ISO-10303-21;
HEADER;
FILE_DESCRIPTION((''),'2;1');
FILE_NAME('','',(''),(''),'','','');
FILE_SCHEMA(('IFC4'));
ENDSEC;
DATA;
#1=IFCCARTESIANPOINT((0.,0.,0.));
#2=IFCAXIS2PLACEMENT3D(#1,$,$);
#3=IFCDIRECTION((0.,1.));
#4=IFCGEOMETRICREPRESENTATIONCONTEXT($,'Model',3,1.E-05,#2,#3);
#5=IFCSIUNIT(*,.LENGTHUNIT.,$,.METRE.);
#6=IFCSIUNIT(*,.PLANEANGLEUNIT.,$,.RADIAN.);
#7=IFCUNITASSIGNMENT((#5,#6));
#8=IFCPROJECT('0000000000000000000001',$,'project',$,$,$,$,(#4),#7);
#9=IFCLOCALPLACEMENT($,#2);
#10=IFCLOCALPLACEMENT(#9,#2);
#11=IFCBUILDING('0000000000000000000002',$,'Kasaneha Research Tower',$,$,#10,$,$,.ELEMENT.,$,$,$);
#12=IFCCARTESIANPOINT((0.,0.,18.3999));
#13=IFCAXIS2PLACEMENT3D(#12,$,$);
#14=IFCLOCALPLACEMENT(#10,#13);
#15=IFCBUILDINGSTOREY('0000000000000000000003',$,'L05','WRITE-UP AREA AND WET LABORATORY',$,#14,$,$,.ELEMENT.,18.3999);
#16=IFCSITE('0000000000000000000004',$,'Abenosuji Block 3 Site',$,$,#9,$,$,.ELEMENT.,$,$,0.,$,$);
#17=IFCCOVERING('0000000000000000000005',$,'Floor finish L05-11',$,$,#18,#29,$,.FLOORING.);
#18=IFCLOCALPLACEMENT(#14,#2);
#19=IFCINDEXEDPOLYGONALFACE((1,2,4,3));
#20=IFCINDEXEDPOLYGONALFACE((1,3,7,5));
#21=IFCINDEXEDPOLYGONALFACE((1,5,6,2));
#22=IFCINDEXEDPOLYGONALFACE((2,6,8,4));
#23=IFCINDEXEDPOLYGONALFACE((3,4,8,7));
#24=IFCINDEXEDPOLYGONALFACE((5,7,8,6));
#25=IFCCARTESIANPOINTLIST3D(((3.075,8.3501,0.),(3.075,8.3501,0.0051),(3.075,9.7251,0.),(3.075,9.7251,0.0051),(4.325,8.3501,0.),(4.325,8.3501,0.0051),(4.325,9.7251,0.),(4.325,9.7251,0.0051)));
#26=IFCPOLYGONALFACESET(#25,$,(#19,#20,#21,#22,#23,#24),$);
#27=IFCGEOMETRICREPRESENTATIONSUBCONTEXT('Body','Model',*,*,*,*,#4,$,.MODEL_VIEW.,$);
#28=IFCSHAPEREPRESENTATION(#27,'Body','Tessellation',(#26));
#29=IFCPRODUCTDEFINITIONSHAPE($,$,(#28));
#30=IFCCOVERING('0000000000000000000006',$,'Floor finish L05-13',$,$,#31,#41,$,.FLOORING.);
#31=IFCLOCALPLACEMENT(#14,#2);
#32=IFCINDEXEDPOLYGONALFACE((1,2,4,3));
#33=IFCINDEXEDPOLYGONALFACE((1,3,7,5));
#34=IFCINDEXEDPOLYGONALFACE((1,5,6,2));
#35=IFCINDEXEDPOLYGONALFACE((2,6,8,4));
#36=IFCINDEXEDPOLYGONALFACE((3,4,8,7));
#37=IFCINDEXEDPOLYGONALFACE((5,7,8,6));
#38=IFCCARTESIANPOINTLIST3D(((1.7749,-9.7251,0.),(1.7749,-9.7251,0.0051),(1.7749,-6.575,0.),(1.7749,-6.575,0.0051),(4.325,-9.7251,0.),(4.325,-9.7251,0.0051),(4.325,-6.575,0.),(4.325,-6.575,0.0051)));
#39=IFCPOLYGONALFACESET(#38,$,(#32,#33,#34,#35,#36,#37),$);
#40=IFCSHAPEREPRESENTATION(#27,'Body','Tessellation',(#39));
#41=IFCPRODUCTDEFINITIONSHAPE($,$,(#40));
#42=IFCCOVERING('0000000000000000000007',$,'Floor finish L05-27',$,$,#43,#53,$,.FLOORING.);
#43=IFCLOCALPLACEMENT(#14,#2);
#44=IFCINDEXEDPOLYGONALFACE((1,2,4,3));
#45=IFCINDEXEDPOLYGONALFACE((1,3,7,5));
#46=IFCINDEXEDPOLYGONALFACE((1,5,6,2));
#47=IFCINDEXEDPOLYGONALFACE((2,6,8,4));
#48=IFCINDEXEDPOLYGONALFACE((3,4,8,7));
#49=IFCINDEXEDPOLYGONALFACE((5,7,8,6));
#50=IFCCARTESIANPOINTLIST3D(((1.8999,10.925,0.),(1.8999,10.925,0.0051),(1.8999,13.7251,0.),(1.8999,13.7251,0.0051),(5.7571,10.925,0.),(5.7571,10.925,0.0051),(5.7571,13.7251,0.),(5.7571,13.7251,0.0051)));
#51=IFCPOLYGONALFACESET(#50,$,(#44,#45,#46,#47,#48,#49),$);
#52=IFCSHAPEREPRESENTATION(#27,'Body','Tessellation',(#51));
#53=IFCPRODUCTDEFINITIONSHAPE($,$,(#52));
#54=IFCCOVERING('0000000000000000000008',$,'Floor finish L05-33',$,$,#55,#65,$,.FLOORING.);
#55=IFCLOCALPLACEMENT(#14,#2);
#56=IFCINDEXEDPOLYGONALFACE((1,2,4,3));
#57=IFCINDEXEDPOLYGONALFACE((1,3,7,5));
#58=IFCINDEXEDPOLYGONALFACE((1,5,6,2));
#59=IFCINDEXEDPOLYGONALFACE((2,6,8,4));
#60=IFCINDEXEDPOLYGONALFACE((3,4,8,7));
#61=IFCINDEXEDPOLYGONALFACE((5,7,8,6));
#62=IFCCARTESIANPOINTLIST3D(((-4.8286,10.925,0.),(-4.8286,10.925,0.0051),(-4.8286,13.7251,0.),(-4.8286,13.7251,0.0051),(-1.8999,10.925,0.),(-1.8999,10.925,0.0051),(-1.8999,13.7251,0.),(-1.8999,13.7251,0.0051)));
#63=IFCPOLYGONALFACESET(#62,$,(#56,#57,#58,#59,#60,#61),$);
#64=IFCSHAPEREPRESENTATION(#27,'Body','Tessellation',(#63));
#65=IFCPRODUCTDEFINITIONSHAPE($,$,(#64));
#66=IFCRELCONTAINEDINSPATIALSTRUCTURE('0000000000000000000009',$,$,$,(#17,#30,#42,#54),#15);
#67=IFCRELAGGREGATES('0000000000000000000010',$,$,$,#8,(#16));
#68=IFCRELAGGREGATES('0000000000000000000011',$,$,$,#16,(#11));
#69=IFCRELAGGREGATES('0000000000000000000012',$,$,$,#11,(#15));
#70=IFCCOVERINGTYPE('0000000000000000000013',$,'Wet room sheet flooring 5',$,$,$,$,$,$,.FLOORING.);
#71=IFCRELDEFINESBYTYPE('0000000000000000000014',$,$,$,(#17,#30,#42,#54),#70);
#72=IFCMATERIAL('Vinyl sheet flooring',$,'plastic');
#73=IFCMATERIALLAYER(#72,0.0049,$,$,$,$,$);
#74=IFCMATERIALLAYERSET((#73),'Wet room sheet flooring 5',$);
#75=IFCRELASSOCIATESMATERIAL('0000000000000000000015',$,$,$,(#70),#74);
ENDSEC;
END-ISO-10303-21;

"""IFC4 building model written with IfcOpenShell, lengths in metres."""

from ifc_helpers import new_model, si_unit, direction, frame, origin, place, context, subcontext, project, spatial, polyline, outline, extrude, material, layer, layer_set, type_object, element, save


model = new_model("IFC4")

# Units and contexts
model_context = context("Model", 3, precision=1e-05, world=origin(), true_north=direction((0.0, 1.0)))
body_context = subcontext(model_context, "Body", "Model", "MODEL_VIEW")
ifc_project = project(units=[si_unit("LENGTHUNIT", "METRE"), si_unit("PLANEANGLEUNIT", "RADIAN")], contexts=[model_context])

# Site, building, storey
site_placement = place(None, origin())
site = spatial("IfcSite", under=ifc_project, at=site_placement, Name="Abenosuji Block 3 Site", CompositionType="ELEMENT", RefElevation=0.0)
building_placement = place(site_placement, origin())
building = spatial("IfcBuilding", under=site, at=building_placement, Name="Kasaneha Research Tower", CompositionType="ELEMENT")
storey_placement = place(building_placement, frame((0.0, 0.0, 18.3999)))
storey = spatial("IfcBuildingStorey", under=building, at=storey_placement, Name="L05", Description="WRITE-UP AREA AND WET LABORATORY", CompositionType="ELEMENT", Elevation=18.3999)

# Coverings
ifc_material_1 = material(Name="Vinyl sheet flooring", Category="plastic")
ifc_layer_1 = layer(ifc_material_1, 0.0049)
ifc_layer_set_1 = layer_set([ifc_layer_1], Name="Wet room sheet flooring 5")
covering_type_1 = type_object("IfcCoveringType", Name="Wet room sheet flooring 5", PredefinedType="FLOORING", material=ifc_layer_set_1)
covering_1_placement = place(storey_placement, origin())
element("IfcCovering", 1, at=covering_1_placement, inside=storey, type_object=covering_type_1, Name="Floor finish L05-11", PredefinedType="FLOORING", context=body_context, shape_type="SweptSolid", body=[
    extrude(outline(polyline([(4.325, 8.3501), (3.075, 8.3501), (3.075, 9.7251), (4.325, 9.7251), (4.325, 8.3501)])), origin(), (0.0, 0.0, 1.0), 0.0051),
])
covering_2_placement = place(storey_placement, origin())
element("IfcCovering", 2, at=covering_2_placement, inside=storey, type_object=covering_type_1, Name="Floor finish L05-13", PredefinedType="FLOORING", context=body_context, shape_type="SweptSolid", body=[
    extrude(outline(polyline([(1.7749, -9.7251), (1.7749, -6.575), (4.325, -6.575), (4.325, -9.7251), (1.7749, -9.7251)])), origin(), (0.0, 0.0, 1.0), 0.0051),
])
covering_3_placement = place(storey_placement, origin())
element("IfcCovering", 3, at=covering_3_placement, inside=storey, type_object=covering_type_1, Name="Floor finish L05-27", PredefinedType="FLOORING", context=body_context, shape_type="SweptSolid", body=[
    extrude(outline(polyline([(1.8999, 13.7251), (5.7571, 13.7251), (5.7571, 10.925), (1.8999, 10.925), (1.8999, 13.7251)])), origin(), (0.0, 0.0, 1.0), 0.0051),
])
covering_4_placement = place(storey_placement, origin())
element("IfcCovering", 4, at=covering_4_placement, inside=storey, type_object=covering_type_1, Name="Floor finish L05-33", PredefinedType="FLOORING", context=body_context, shape_type="SweptSolid", body=[
    extrude(outline(polyline([(-4.8286, 10.925), (-4.8286, 13.7251), (-1.8999, 13.7251), (-1.8999, 10.925), (-4.8286, 10.925)])), origin(), (0.0, 0.0, 1.0), 0.0051),
])

save(model, "model.ifc")
